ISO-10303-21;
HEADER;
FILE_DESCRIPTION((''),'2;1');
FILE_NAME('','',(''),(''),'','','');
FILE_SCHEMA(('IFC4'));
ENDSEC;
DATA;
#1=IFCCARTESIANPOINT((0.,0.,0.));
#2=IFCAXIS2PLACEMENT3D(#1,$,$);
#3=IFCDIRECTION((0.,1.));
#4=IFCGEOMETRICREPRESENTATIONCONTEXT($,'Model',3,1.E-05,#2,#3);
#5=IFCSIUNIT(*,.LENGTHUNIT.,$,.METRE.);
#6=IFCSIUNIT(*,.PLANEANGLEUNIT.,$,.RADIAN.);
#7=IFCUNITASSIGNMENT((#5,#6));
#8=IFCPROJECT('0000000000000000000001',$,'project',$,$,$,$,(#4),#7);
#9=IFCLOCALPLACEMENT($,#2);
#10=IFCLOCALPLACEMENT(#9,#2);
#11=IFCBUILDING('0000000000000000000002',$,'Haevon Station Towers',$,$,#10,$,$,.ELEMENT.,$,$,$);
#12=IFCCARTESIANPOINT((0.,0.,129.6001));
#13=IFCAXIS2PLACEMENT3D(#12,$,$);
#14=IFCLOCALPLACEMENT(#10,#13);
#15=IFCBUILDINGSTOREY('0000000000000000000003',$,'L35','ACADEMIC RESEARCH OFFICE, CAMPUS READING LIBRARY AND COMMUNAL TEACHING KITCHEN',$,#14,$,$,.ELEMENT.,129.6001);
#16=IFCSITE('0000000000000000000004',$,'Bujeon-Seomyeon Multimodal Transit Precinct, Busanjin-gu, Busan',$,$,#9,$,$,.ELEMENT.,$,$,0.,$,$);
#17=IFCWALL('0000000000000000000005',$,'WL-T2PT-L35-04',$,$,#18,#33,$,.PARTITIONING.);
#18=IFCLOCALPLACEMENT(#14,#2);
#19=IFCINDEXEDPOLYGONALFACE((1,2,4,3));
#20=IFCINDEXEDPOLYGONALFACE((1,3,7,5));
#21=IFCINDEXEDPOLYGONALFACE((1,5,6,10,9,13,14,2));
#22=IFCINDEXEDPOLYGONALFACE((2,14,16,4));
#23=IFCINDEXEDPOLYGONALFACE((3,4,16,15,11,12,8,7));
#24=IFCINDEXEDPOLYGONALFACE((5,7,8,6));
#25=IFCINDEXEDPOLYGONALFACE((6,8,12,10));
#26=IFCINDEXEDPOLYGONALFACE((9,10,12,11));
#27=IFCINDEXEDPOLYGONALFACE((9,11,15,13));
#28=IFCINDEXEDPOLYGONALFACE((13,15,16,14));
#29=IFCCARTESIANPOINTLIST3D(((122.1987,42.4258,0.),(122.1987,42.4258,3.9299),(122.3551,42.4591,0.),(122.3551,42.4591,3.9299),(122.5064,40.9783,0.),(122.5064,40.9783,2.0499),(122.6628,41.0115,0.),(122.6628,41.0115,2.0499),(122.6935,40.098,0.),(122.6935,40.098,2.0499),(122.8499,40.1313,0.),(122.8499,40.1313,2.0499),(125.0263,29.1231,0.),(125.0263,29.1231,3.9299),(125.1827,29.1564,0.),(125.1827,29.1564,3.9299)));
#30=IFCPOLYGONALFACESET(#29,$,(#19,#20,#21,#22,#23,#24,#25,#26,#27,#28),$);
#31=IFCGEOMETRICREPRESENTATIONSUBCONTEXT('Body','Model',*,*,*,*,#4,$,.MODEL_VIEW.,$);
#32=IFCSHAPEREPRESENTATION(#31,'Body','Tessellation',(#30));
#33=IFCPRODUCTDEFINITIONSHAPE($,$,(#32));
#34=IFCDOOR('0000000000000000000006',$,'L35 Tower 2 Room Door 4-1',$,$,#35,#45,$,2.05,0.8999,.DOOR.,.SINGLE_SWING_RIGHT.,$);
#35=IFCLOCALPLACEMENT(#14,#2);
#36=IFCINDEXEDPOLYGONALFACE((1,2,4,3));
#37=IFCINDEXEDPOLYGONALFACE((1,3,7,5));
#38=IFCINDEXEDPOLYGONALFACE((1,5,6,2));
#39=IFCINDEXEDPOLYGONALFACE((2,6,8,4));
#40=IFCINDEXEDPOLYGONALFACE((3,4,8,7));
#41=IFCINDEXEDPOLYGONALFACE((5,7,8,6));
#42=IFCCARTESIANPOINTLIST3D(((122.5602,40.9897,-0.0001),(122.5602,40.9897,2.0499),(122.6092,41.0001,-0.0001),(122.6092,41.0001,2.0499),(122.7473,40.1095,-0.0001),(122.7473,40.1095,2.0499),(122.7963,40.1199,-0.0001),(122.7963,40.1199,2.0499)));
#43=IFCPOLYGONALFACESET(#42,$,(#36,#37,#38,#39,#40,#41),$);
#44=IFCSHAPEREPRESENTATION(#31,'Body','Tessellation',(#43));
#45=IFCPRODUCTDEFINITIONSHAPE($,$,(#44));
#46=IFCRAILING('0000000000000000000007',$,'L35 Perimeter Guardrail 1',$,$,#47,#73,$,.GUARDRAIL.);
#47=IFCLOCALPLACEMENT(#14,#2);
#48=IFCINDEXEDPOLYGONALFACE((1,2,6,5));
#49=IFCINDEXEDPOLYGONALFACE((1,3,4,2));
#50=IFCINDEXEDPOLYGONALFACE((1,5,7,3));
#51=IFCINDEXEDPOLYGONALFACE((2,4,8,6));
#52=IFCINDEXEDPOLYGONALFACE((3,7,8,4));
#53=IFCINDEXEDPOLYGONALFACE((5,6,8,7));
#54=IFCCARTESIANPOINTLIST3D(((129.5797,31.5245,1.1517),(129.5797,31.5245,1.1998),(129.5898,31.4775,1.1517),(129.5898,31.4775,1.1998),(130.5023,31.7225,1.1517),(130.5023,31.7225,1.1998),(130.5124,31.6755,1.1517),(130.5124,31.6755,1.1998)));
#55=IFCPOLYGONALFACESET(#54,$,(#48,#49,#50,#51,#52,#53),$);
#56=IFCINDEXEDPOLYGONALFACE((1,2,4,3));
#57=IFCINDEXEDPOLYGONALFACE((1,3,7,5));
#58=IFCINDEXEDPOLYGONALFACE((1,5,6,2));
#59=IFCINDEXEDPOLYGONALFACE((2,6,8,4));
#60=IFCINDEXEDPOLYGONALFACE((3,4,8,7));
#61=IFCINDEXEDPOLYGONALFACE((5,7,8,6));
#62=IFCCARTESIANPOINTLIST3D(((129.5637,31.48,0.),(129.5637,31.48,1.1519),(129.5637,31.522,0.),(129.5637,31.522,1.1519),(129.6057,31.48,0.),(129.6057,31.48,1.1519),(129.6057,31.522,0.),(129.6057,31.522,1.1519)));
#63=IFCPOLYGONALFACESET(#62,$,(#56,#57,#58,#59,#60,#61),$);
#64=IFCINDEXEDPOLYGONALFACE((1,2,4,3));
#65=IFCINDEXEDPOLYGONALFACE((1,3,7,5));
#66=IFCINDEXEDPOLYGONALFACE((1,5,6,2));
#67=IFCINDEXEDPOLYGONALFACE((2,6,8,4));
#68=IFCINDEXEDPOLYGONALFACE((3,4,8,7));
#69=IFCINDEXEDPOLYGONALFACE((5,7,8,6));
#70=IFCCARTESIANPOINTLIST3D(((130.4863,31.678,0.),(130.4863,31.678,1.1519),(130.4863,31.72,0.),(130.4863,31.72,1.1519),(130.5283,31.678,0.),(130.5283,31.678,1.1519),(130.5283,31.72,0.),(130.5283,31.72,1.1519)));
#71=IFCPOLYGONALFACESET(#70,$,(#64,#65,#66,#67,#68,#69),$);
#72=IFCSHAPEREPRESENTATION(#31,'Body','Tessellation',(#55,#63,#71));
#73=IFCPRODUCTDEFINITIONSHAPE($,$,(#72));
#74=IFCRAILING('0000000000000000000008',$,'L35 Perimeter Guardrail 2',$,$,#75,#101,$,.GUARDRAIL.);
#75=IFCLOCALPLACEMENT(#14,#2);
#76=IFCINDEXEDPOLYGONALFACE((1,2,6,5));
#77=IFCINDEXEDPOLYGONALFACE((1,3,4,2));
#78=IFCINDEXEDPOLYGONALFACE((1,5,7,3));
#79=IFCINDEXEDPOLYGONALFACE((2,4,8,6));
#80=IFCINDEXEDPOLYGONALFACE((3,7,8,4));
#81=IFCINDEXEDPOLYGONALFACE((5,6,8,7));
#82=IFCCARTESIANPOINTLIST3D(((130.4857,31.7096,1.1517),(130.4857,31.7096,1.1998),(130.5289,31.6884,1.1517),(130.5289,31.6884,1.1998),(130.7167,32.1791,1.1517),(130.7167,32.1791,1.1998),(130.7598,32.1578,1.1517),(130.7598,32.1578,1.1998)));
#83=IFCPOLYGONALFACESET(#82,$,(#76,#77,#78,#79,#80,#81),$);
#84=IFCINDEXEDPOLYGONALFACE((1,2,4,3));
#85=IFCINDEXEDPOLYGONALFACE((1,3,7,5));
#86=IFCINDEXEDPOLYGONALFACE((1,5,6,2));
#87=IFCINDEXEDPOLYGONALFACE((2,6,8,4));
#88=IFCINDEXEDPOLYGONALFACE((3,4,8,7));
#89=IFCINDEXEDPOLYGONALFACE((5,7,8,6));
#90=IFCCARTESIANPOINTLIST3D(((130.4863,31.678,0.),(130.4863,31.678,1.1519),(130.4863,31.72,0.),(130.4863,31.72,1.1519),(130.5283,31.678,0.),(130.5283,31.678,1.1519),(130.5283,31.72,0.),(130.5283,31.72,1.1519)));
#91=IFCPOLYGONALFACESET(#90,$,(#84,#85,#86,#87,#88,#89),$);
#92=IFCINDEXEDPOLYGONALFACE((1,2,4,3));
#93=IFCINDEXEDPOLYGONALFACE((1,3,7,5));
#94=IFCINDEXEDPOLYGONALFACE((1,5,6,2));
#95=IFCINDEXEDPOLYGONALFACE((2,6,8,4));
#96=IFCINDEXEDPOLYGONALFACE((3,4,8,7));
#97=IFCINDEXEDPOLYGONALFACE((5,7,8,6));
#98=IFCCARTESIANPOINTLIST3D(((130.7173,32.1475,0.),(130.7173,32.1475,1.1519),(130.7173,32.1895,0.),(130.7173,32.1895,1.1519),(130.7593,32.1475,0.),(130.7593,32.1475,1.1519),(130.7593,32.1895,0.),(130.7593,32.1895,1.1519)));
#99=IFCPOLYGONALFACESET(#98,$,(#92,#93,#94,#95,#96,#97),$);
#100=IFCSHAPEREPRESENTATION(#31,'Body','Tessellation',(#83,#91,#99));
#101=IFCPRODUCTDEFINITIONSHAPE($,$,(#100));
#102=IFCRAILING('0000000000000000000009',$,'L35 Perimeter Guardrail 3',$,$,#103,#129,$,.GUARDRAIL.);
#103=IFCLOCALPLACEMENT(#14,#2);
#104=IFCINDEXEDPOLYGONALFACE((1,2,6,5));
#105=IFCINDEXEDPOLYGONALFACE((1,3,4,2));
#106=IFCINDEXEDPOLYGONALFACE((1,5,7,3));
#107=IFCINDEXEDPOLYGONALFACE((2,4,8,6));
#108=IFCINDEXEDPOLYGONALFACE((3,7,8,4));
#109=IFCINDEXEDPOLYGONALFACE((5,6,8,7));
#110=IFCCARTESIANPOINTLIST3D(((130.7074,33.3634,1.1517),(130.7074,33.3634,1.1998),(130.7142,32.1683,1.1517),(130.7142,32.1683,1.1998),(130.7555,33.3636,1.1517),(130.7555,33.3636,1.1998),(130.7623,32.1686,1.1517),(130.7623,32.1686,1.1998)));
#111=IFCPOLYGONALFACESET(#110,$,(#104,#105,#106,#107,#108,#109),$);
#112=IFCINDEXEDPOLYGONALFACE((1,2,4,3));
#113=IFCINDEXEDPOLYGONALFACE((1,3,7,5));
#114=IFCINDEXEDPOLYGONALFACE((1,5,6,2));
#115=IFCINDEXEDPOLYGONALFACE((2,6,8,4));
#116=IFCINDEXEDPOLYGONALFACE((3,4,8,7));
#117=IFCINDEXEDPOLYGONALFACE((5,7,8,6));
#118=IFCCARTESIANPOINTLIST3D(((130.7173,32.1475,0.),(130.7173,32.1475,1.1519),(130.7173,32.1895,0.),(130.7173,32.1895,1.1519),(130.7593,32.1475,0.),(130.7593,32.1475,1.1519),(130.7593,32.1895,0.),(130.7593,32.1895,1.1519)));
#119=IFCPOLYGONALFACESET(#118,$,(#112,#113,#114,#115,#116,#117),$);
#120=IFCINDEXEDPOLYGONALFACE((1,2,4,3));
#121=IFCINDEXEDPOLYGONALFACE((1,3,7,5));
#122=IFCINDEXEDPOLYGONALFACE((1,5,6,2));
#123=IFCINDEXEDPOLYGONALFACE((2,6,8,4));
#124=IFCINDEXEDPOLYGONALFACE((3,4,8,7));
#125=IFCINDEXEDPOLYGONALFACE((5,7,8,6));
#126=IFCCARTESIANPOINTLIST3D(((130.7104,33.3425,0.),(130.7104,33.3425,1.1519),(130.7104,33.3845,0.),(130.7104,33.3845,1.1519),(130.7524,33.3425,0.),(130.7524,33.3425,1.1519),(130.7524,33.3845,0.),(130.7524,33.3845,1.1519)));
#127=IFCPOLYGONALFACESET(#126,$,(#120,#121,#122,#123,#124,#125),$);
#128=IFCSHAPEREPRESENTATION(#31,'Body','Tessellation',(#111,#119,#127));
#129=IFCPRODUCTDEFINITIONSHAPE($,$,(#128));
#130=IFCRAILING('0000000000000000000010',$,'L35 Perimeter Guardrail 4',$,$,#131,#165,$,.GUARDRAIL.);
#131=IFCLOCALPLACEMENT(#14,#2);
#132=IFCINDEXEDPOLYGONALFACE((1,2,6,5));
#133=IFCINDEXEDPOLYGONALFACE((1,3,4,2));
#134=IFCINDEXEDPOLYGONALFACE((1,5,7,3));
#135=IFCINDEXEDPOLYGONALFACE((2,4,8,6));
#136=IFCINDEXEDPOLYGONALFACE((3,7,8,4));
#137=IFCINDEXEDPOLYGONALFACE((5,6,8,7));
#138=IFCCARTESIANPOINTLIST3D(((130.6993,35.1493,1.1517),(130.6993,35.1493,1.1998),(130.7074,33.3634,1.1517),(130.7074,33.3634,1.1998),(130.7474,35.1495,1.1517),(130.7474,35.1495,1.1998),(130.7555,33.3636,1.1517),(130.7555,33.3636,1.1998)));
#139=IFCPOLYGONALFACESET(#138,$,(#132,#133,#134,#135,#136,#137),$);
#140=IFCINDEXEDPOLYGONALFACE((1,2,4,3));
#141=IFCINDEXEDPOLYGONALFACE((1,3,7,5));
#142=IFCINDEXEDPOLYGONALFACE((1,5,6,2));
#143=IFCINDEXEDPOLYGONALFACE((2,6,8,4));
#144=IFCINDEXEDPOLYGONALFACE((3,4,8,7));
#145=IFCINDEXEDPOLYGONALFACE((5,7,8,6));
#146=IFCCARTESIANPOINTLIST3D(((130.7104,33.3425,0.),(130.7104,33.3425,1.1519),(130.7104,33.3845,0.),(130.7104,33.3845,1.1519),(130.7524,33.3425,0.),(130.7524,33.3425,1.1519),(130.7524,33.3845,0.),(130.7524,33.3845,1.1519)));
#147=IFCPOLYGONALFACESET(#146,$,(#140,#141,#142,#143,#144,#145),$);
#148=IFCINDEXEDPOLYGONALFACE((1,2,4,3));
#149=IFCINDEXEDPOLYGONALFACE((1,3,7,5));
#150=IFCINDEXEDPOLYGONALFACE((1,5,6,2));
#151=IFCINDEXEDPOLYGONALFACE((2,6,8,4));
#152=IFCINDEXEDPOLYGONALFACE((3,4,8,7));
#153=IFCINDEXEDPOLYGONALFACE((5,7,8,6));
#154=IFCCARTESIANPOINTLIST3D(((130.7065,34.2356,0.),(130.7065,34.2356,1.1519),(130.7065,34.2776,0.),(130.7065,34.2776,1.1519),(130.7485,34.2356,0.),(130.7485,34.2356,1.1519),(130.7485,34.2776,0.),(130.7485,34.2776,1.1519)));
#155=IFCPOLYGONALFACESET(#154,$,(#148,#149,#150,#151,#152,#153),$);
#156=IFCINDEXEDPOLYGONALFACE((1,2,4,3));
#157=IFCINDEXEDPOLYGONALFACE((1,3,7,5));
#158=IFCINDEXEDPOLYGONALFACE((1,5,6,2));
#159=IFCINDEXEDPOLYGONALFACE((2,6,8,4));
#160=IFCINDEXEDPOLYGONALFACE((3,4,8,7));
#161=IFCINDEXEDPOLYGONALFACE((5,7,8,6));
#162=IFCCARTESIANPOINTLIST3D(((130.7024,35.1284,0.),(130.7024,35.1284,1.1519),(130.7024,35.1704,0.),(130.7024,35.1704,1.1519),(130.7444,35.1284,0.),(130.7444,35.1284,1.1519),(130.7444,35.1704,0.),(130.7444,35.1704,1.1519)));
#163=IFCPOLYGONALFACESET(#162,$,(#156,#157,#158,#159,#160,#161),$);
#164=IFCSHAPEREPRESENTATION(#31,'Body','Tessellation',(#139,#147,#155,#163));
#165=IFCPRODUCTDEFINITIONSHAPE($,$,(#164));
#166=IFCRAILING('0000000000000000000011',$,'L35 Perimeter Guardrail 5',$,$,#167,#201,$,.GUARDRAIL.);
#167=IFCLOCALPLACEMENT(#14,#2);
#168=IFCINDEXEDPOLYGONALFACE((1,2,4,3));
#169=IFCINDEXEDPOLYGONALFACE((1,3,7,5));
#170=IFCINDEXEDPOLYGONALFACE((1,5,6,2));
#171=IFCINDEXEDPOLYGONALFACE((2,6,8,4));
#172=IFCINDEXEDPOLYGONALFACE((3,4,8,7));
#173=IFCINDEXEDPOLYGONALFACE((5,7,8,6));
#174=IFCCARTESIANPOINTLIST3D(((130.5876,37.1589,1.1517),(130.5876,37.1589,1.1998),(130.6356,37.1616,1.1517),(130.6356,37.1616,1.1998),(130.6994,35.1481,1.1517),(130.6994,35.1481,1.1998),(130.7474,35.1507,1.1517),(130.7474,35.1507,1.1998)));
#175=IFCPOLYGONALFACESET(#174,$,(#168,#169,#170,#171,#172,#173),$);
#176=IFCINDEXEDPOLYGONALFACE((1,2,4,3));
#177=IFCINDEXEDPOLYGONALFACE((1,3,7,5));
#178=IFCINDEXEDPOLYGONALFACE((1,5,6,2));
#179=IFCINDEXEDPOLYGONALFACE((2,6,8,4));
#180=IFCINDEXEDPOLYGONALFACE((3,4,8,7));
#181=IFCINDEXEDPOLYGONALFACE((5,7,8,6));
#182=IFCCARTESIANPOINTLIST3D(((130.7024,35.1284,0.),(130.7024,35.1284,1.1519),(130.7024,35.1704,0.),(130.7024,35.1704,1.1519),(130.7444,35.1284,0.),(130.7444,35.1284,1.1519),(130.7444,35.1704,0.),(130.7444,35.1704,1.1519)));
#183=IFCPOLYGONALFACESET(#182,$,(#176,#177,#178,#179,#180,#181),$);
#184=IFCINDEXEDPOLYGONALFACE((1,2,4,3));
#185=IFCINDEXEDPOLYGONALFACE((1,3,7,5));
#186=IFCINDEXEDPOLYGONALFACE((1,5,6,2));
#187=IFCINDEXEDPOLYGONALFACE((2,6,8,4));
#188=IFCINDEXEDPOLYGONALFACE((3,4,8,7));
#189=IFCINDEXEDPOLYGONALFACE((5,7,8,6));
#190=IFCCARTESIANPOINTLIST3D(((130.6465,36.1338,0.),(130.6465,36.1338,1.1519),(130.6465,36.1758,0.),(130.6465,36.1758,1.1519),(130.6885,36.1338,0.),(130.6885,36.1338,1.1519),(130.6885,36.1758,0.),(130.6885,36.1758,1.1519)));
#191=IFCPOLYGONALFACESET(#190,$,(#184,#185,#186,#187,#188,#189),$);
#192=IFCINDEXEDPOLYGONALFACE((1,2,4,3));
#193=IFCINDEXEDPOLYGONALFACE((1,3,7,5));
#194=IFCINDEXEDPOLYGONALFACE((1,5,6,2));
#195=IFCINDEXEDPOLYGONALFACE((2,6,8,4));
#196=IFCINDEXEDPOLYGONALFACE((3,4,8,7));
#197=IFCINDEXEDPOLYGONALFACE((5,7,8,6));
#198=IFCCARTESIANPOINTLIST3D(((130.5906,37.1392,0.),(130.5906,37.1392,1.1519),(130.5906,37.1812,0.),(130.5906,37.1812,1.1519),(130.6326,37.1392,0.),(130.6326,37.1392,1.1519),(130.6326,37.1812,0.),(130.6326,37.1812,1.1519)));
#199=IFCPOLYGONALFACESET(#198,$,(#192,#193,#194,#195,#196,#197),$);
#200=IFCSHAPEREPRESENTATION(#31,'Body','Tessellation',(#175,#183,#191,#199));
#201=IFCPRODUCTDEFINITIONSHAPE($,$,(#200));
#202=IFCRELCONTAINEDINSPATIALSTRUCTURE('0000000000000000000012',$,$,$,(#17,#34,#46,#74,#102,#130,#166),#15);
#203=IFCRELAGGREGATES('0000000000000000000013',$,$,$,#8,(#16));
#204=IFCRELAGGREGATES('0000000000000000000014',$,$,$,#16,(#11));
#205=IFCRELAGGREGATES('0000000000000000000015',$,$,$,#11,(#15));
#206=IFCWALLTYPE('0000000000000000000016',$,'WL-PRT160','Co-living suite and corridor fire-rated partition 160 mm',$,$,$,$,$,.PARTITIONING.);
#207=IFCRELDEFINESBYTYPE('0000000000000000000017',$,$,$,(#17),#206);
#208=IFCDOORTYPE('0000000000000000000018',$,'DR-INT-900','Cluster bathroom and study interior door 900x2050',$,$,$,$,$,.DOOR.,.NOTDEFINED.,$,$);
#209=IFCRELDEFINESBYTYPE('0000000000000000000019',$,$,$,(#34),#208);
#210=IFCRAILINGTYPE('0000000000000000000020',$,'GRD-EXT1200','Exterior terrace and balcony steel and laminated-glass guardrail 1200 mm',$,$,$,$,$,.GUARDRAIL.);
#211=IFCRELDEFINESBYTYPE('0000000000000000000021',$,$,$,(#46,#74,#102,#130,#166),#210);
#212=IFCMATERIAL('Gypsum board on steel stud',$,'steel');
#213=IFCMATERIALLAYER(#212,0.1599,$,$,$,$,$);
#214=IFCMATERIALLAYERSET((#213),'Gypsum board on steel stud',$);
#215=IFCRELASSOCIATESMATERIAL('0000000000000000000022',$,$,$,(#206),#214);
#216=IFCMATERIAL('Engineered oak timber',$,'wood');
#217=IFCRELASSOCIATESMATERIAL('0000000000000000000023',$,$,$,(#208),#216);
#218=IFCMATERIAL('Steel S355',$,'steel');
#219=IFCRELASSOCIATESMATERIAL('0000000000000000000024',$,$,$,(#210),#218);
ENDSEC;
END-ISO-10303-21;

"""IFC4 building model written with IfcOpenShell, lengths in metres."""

from ifc_helpers import new_model, si_unit, direction, frame, frame_2d, origin, origin_2d, place, context, subcontext, project, spatial, rectangle, extrude, material, layer, layer_set, type_object, element, fill, save


model = new_model("IFC4")

# Units and contexts
model_context = context("Model", 3, precision=1e-05, world=origin(), true_north=direction((0.0, 1.0)))
body_context = subcontext(model_context, "Body", "Model", "MODEL_VIEW")
ifc_project = project(units=[si_unit("LENGTHUNIT", "METRE"), si_unit("PLANEANGLEUNIT", "RADIAN")], contexts=[model_context])

# Site, building, storey
site_placement = place(None, origin())
site = spatial("IfcSite", under=ifc_project, at=site_placement, Name="Bujeon-Seomyeon Multimodal Transit Precinct, Busanjin-gu, Busan", CompositionType="ELEMENT", RefElevation=0.0)
building_placement = place(site_placement, origin())
building = spatial("IfcBuilding", under=site, at=building_placement, Name="Haevon Station Towers", CompositionType="ELEMENT")
storey_placement = place(building_placement, frame((0.0, 0.0, 129.6001)))
storey = spatial("IfcBuildingStorey", under=building, at=storey_placement, Name="L35", Description="ACADEMIC RESEARCH OFFICE, CAMPUS READING LIBRARY AND COMMUNAL TEACHING KITCHEN", CompositionType="ELEMENT", Elevation=129.6001)

# Shared definitions
ifc_material_1 = material(Name="Steel S355", Category="steel")

# Shared definitions
ifc_material_2 = material(Name="Gypsum board on steel stud", Category="steel")

# Wall, opening, door
ifc_layer_1 = layer(ifc_material_2, 0.1599)
ifc_layer_set_1 = layer_set([ifc_layer_1], Name="Gypsum board on steel stud")
wall_type_1 = type_object("IfcWallType", Name="WL-PRT160", Description="Co-living suite and corridor fire-rated partition 160 mm", PredefinedType="PARTITIONING", material=ifc_layer_set_1)
wall_1_placement = place(storey_placement, frame((125.1045, 29.1399, 0.0), z_axis=(0.0, 0.0, 1.0), x_axis=(-0.207915, 0.978147, 0.0)))
wall_1 = element("IfcWall", 1, at=wall_1_placement, inside=storey, type_object=wall_type_1, Name="WL-T2PT-L35-04", PredefinedType="PARTITIONING", context=body_context, shape_type="SweptSolid", body=[
    extrude(rectangle(XDim=13.5999, YDim=0.1599, at=frame_2d((6.7998, 0.0))), origin(), (0.0, 0.0, 1.0), 3.9299),
])
opening_1_placement = place(wall_1_placement, frame((11.22, 0.0, 0.0)))
opening_1 = element("IfcOpeningElement", 2, at=opening_1_placement, cuts=wall_1, PredefinedType="OPENING", context=body_context, shape_type="SweptSolid", body=[
    extrude(rectangle(XDim=0.8999, YDim=2.05, at=frame_2d((0.45, 1.0249))), frame((0.0, 0.0898, 0.0), z_axis=(0.0, -1.0, 0.0), x_axis=(1.0, 0.0, 0.0)), (0.0, 0.0, 1.0), 0.1799),
])
ifc_material_3 = material(Name="Engineered oak timber", Category="wood")
door_type_1 = type_object("IfcDoorType", Name="DR-INT-900", Description="Cluster bathroom and study interior door 900x2050", OperationType="NOTDEFINED", PredefinedType="DOOR", material=ifc_material_3)
door_1_placement = place(opening_1_placement, origin())
door_1 = element("IfcDoor", 3, at=door_1_placement, inside=storey, type_object=door_type_1, Name="L35 Tower 2 Room Door 4-1", OperationType="SINGLE_SWING_RIGHT", OverallHeight=2.05, OverallWidth=0.8999, PredefinedType="DOOR", context=body_context, shape_type="SweptSolid", body=[
    extrude(rectangle(XDim=0.8999, YDim=2.05, at=frame_2d((0.45, 1.0249))), frame((0.0, 0.0249, 0.0), z_axis=(0.0, -1.0, 0.0), x_axis=(1.0, 0.0, 0.0)), (0.0, 0.0, 1.0), 0.05),
])
fill(opening_1, door_1)

# Railings
railing_type = type_object("IfcRailingType", Name="GRD-EXT1200", Description="Exterior terrace and balcony steel and laminated-glass guardrail 1200 mm", PredefinedType="GUARDRAIL", material=ifc_material_1)
railing_1_placement = place(storey_placement, frame((129.5847, 31.501, 0.0)))
element("IfcRailing", 4, at=railing_1_placement, inside=storey, type_object=railing_type, Name="L35 Perimeter Guardrail 1", PredefinedType="GUARDRAIL", context=body_context, shape_type="SweptSolid", body=[
    extrude(rectangle(XDim=0.0481, YDim=0.0481, at=origin_2d()), frame((0.0, 0.0, 1.1758), z_axis=(0.977738, 0.209829, 0.0), x_axis=(-0.209829, 0.977738, 0.0)), (0.0, 0.0, 1.0), 0.9436),
    extrude(rectangle(XDim=0.042, YDim=0.042, at=origin_2d()), origin(), (0.0, 0.0, 1.0), 1.1519),
    extrude(rectangle(XDim=0.042, YDim=0.042, at=origin_2d()), frame((0.9226, 0.198, 0.0)), (0.0, 0.0, 1.0), 1.1519),
])
railing_2_placement = place(storey_placement, frame((130.5073, 31.699, 0.0)))
element("IfcRailing", 5, at=railing_2_placement, inside=storey, type_object=railing_type, Name="L35 Perimeter Guardrail 2", PredefinedType="GUARDRAIL", context=body_context, shape_type="SweptSolid", body=[
    extrude(rectangle(XDim=0.0481, YDim=0.0481, at=origin_2d()), frame((0.0, 0.0, 1.1758), z_axis=(0.441418, 0.897301, 0.0), x_axis=(-0.897301, 0.441418, 0.0)), (0.0, 0.0, 1.0), 0.5232),
    extrude(rectangle(XDim=0.042, YDim=0.042, at=origin_2d()), origin(), (0.0, 0.0, 1.0), 1.1519),
    extrude(rectangle(XDim=0.042, YDim=0.042, at=origin_2d()), frame((0.231, 0.4695, 0.0)), (0.0, 0.0, 1.0), 1.1519),
])
railing_3_placement = place(storey_placement, frame((130.7383, 32.1685, 0.0)))
element("IfcRailing", 6, at=railing_3_placement, inside=storey, type_object=railing_type, Name="L35 Perimeter Guardrail 3", PredefinedType="GUARDRAIL", context=body_context, shape_type="SweptSolid", body=[
    extrude(rectangle(XDim=0.0481, YDim=0.0481, at=origin_2d()), frame((0.0, 0.0, 1.1758), z_axis=(-0.00572, 0.999984, 0.0), x_axis=(-0.999984, -0.00572, 0.0)), (0.0, 0.0, 1.0), 1.1951),
    extrude(rectangle(XDim=0.042, YDim=0.042, at=origin_2d()), origin(), (0.0, 0.0, 1.0), 1.1519),
    extrude(rectangle(XDim=0.042, YDim=0.042, at=origin_2d()), frame((-0.0068, 1.1951, 0.0)), (0.0, 0.0, 1.0), 1.1519),
])
railing_4_placement = place(storey_placement, frame((130.7314, 33.3635, 0.0)))
element("IfcRailing", 7, at=railing_4_placement, inside=storey, type_object=railing_type, Name="L35 Perimeter Guardrail 4", PredefinedType="GUARDRAIL", context=body_context, shape_type="SweptSolid", body=[
    extrude(rectangle(XDim=0.0481, YDim=0.0481, at=origin_2d()), frame((0.0, 0.0, 1.1758), z_axis=(-0.004511, 0.99999, 0.0), x_axis=(-0.99999, -0.004511, 0.0)), (0.0, 0.0, 1.0), 1.7859),
    extrude(rectangle(XDim=0.042, YDim=0.042, at=origin_2d()), origin(), (0.0, 0.0, 1.0), 1.1519),
    extrude(rectangle(XDim=0.042, YDim=0.042, at=origin_2d()), frame((-0.0039, 0.8931, 0.0)), (0.0, 0.0, 1.0), 1.1519),
    extrude(rectangle(XDim=0.042, YDim=0.042, at=origin_2d()), frame((-0.0081, 1.7859, 0.0)), (0.0, 0.0, 1.0), 1.1519),
])
railing_5_placement = place(storey_placement, frame((130.7234, 35.1494, 0.0)))
element("IfcRailing", 8, at=railing_5_placement, inside=storey, type_object=railing_type, Name="L35 Perimeter Guardrail 5", PredefinedType="GUARDRAIL", context=body_context, shape_type="SweptSolid", body=[
    extrude(rectangle(XDim=0.0481, YDim=0.0481, at=origin_2d()), frame((0.0, 0.0, 1.1758), z_axis=(-0.055524, 0.998457, 0.0), x_axis=(-0.998457, -0.055524, 0.0)), (0.0, 0.0, 1.0), 2.0139),
    extrude(rectangle(XDim=0.042, YDim=0.042, at=origin_2d()), origin(), (0.0, 0.0, 1.0), 1.1519),
    extrude(rectangle(XDim=0.042, YDim=0.042, at=origin_2d()), frame((-0.0559, 1.0054, 0.0)), (0.0, 0.0, 1.0), 1.1519),
    extrude(rectangle(XDim=0.042, YDim=0.042, at=origin_2d()), frame((-0.1118, 2.0107, 0.0)), (0.0, 0.0, 1.0), 1.1519),
])

save(model, "model.ifc")
